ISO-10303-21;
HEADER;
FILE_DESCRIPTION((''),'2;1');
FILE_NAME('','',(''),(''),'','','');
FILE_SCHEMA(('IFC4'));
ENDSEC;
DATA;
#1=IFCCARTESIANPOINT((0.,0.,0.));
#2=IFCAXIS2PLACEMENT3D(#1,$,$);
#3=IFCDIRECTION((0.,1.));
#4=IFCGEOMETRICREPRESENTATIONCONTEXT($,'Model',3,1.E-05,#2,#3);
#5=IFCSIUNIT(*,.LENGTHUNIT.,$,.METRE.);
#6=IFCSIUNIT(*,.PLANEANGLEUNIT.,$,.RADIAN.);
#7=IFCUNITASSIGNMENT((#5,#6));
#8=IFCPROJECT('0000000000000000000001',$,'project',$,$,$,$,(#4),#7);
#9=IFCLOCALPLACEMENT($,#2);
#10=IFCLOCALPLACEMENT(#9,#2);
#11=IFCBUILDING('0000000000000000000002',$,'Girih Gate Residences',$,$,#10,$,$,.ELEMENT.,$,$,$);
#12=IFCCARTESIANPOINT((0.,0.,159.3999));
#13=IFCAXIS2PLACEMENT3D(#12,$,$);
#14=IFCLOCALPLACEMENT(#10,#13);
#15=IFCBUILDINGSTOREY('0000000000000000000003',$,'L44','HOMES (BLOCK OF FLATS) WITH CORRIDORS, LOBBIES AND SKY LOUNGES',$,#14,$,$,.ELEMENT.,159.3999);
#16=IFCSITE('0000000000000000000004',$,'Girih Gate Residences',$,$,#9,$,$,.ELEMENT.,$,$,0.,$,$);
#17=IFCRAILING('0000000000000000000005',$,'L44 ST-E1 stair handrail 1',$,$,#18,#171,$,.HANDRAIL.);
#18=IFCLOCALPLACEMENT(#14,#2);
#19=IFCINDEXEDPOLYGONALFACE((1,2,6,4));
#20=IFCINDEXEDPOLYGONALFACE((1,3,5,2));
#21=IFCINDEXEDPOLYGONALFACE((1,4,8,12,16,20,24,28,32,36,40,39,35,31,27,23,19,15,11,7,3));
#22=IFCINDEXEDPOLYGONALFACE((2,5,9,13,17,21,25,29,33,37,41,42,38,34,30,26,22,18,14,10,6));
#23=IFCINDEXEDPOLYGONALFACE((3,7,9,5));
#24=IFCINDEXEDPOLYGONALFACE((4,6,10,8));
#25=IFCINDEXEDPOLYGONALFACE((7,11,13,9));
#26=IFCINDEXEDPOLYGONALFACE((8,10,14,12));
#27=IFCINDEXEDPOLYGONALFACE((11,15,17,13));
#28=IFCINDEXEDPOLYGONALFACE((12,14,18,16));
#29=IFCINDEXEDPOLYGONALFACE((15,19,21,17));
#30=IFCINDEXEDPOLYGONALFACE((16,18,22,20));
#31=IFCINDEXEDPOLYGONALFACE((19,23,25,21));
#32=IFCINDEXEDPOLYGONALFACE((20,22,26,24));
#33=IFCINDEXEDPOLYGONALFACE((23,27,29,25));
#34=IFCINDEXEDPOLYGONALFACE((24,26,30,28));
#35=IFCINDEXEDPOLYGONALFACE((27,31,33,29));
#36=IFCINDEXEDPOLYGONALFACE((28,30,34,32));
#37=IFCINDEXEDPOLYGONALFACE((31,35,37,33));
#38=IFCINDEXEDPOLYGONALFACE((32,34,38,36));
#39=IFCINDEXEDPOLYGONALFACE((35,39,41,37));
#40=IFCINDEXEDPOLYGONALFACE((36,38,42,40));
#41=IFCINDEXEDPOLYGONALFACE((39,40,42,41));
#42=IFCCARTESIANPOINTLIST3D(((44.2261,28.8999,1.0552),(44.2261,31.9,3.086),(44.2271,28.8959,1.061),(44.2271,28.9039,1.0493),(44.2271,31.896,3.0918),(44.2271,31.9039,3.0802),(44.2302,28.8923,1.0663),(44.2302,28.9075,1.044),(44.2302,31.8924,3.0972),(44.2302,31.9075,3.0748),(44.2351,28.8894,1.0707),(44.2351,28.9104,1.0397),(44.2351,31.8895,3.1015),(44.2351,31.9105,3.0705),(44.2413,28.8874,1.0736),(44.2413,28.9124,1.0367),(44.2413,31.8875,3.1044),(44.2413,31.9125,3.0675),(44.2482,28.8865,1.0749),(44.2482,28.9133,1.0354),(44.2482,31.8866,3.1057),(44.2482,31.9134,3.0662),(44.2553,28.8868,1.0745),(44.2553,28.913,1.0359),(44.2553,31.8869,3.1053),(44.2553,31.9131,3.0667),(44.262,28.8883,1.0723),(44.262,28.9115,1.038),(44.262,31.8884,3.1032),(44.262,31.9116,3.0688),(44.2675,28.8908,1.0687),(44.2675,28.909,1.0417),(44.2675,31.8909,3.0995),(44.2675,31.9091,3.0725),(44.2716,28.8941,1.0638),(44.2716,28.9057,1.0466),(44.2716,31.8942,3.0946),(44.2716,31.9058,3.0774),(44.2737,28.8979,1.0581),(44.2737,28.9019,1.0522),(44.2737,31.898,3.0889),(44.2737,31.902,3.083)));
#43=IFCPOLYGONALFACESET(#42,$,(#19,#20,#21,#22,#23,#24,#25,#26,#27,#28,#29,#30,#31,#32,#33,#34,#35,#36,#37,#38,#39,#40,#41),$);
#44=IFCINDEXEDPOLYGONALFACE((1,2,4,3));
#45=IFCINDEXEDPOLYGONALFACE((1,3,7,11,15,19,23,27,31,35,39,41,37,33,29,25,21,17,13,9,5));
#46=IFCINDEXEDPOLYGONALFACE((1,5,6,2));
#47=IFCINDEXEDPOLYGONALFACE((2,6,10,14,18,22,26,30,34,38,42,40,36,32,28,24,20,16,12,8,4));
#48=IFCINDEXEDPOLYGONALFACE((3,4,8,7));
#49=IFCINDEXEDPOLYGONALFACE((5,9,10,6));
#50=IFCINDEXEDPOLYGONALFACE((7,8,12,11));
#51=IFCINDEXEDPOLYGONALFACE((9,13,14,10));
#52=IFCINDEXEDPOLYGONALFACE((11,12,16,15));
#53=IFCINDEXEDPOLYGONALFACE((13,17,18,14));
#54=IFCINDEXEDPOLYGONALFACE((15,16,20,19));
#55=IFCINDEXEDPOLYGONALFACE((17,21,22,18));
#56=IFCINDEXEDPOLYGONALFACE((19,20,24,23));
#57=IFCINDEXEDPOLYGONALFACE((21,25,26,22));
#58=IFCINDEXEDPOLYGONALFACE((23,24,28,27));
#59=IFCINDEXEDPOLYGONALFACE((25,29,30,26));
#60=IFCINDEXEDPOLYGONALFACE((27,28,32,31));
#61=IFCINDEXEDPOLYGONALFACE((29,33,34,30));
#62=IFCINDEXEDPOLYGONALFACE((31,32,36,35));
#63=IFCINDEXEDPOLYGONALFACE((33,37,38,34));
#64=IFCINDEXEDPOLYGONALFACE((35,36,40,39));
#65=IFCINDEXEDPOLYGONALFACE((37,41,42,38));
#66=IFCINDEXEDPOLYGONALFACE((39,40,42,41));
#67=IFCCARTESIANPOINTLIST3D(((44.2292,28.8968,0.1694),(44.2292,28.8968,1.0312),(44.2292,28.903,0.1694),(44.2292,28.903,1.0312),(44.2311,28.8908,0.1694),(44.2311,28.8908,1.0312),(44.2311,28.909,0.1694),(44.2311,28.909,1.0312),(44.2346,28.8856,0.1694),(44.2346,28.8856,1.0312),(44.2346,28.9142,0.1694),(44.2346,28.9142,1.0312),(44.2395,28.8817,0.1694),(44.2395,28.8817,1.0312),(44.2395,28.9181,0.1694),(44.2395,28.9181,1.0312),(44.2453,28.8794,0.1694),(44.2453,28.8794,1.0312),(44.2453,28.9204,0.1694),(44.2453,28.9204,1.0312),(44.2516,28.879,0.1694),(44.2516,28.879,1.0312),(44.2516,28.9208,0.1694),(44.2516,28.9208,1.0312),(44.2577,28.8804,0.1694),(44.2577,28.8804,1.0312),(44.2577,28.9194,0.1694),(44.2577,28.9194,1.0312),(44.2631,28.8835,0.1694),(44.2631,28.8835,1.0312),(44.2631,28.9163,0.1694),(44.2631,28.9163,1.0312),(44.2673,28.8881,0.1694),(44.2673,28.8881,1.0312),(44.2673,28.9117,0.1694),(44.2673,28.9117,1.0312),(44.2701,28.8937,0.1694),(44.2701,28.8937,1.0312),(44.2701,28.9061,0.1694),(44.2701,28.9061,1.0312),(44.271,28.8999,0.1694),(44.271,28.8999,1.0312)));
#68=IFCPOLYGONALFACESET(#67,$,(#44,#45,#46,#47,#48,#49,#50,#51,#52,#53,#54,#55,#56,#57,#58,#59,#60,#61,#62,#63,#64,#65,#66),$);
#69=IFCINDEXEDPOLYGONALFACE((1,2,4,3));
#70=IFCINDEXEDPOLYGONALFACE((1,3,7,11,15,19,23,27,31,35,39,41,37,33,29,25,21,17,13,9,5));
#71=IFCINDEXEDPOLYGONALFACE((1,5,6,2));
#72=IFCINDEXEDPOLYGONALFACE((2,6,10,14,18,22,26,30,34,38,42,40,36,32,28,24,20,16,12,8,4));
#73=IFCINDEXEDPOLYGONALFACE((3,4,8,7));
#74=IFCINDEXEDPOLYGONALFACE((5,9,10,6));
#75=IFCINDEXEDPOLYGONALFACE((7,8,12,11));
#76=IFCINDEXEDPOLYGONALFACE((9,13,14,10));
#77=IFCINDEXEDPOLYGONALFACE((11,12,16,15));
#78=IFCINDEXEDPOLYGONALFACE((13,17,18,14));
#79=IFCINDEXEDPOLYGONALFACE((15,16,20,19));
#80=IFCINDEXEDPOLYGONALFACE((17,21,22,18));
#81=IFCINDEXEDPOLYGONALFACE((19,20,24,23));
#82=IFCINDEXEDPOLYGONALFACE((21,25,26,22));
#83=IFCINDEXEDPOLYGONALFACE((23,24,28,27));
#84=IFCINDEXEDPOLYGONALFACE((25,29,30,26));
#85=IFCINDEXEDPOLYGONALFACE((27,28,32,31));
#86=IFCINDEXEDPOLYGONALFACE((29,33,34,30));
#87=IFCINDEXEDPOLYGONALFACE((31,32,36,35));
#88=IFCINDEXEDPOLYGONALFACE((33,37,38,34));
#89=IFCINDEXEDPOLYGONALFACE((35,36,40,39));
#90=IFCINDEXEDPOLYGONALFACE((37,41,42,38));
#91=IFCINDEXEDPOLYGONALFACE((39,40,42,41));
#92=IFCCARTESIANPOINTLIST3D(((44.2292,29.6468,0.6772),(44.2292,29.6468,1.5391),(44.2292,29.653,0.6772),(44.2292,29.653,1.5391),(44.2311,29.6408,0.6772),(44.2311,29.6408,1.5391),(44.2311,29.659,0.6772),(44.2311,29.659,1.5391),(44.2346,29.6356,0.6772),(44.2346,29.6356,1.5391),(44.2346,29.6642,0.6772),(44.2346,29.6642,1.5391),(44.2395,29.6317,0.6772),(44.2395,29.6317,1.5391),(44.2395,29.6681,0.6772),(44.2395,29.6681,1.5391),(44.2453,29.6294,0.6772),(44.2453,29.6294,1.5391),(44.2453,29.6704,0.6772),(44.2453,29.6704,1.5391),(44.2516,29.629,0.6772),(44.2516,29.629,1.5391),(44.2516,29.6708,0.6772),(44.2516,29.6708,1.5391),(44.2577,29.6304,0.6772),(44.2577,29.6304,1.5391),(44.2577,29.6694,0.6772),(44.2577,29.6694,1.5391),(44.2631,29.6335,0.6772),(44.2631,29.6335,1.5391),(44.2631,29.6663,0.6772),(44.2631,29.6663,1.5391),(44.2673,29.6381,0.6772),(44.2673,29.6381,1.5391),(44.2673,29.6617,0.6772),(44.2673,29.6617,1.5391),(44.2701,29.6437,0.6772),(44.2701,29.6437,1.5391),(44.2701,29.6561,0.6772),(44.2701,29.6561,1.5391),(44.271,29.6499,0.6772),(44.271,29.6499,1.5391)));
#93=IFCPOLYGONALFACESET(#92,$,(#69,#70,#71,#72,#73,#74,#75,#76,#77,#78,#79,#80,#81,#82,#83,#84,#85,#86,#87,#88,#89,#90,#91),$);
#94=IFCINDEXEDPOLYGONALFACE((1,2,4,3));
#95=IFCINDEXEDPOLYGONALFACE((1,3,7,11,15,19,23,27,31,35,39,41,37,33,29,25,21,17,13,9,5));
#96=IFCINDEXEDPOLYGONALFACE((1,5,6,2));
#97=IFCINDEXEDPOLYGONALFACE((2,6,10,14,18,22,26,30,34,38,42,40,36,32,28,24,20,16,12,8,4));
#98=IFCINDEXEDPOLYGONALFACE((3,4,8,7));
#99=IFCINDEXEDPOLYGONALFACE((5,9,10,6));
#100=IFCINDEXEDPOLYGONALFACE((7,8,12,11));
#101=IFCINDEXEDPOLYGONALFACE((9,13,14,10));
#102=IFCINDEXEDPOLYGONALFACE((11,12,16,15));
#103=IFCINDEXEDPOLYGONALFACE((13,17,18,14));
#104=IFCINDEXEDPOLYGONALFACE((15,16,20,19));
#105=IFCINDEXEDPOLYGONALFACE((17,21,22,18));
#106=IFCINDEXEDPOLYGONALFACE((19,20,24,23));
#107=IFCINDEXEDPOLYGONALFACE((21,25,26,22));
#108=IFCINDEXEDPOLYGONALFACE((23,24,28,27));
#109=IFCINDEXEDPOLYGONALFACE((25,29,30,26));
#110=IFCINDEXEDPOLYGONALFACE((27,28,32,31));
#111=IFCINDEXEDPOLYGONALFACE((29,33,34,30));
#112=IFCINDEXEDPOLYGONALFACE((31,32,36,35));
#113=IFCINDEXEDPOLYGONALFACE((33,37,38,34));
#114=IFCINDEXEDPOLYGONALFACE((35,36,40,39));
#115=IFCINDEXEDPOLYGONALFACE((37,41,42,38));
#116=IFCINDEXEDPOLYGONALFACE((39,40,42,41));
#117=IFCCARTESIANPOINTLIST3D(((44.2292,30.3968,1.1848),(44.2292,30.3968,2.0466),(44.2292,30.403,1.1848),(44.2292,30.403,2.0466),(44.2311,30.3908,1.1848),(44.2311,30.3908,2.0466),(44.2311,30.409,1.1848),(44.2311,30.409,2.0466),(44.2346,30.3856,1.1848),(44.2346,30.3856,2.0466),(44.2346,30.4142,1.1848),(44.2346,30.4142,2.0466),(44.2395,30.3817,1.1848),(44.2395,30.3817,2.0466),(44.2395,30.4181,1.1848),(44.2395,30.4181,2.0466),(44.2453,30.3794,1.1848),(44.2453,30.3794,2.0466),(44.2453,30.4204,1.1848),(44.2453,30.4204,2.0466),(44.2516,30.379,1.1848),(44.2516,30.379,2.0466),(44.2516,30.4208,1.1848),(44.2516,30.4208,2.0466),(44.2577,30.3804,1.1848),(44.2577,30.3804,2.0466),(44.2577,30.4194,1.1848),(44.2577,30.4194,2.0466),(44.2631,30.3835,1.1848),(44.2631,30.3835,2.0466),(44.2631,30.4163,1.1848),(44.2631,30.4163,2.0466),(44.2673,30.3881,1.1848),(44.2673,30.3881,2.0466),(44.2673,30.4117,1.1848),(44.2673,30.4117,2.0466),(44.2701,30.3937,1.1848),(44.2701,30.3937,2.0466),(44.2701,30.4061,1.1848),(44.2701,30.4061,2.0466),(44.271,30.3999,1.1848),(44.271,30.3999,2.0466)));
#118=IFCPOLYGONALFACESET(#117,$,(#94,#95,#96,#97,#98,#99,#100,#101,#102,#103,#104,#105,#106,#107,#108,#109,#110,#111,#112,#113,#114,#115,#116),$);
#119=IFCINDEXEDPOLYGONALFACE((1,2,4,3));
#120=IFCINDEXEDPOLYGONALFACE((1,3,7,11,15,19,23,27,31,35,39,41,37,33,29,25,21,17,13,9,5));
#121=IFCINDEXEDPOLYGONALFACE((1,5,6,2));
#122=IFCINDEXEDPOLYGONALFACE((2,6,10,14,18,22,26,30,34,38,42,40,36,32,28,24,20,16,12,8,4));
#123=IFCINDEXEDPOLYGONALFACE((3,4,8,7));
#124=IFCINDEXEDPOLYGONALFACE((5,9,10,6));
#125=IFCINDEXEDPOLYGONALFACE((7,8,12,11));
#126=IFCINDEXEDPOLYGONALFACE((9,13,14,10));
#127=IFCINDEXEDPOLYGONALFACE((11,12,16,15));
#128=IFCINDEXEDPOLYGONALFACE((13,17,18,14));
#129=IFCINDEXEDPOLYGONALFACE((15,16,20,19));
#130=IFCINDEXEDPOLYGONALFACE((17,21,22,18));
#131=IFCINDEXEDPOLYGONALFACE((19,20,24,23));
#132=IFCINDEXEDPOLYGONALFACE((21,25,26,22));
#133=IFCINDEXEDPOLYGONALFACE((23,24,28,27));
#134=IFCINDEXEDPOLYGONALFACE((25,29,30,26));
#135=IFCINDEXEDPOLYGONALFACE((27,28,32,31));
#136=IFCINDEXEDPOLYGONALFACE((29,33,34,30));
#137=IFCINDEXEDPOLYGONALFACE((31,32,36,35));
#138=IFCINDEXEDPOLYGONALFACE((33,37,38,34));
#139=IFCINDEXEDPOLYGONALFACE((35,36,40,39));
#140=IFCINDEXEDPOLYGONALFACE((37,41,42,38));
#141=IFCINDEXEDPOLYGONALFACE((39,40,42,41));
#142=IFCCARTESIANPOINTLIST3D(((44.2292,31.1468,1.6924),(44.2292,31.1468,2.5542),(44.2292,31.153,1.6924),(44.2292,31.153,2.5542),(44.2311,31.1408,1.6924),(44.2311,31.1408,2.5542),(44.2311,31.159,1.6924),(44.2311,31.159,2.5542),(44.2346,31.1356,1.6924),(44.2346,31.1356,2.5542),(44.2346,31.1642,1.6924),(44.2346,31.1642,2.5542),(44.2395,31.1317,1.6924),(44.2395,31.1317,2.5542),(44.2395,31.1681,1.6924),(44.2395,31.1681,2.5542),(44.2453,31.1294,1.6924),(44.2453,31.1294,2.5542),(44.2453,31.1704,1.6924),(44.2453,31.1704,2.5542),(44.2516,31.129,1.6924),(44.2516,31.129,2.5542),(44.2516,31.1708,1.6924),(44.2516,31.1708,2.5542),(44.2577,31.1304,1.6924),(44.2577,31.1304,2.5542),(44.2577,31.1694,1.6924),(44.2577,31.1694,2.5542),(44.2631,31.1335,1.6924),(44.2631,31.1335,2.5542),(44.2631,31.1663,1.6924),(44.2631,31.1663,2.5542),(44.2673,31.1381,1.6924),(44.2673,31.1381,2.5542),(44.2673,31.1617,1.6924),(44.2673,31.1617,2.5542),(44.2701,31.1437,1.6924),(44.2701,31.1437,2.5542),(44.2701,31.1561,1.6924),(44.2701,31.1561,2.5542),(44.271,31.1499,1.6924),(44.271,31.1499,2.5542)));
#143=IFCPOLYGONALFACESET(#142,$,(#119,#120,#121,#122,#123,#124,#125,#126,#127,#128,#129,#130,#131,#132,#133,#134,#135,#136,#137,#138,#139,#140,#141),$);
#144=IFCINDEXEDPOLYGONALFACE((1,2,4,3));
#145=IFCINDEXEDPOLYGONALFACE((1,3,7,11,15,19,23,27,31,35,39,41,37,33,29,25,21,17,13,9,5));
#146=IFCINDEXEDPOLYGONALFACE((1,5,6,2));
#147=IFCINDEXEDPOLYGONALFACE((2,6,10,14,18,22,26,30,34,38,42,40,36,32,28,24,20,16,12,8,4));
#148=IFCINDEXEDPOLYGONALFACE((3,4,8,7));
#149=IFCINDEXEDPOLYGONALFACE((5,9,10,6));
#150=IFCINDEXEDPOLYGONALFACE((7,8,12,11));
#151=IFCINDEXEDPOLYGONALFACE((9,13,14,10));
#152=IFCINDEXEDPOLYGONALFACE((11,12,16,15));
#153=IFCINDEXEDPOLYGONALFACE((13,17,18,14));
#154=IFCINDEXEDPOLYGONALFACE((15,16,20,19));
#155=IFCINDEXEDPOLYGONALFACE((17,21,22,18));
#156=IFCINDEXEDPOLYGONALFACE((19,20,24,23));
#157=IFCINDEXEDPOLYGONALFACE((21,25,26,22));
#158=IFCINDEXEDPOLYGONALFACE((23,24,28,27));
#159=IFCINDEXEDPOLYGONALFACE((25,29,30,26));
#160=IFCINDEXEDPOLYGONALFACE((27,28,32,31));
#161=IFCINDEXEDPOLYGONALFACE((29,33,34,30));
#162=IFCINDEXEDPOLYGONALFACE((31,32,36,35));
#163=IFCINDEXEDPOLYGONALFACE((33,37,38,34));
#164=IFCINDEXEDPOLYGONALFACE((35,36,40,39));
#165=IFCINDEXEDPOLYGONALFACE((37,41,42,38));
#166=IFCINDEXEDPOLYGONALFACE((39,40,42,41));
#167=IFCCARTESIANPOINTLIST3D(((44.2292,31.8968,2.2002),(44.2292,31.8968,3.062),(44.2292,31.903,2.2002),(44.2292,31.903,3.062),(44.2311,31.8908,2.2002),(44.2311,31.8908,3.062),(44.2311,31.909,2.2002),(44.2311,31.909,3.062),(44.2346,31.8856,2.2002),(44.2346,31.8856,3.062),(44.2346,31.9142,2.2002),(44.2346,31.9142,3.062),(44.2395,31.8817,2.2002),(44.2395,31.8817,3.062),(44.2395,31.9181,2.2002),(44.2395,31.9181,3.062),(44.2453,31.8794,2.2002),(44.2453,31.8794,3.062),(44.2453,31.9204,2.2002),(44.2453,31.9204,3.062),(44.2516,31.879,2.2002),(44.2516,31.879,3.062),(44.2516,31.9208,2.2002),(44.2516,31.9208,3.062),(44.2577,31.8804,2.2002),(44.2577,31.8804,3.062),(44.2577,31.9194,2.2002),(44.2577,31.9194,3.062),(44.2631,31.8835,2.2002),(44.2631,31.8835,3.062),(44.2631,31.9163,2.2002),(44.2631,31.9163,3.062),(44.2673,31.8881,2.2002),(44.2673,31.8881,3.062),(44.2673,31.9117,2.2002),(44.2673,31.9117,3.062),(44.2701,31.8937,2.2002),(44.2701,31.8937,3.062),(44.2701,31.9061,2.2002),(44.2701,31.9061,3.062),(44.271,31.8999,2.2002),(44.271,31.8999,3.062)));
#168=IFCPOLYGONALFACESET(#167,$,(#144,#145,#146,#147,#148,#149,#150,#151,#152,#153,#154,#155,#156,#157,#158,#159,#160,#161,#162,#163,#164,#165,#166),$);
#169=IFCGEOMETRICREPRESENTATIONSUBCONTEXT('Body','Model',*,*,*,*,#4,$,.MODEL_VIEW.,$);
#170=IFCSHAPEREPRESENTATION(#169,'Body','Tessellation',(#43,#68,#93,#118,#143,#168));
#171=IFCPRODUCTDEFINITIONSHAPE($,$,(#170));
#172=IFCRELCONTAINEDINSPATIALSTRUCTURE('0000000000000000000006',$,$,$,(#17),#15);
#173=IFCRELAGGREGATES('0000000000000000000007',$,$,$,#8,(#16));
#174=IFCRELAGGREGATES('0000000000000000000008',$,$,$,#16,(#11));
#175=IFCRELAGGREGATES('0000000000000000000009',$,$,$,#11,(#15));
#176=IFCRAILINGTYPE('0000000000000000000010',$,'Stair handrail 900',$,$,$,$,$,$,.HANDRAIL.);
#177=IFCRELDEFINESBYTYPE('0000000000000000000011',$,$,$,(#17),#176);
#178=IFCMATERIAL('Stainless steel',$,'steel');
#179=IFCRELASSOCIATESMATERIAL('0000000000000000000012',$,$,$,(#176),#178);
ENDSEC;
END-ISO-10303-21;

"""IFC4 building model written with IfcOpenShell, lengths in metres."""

from ifc_helpers import new_model, si_unit, direction, frame, origin, origin_2d, place, context, subcontext, project, spatial, circle, extrude, material, type_object, element, save


model = new_model("IFC4")

# Units and contexts
model_context = context("Model", 3, precision=1e-05, world=origin(), true_north=direction((0.0, 1.0)))
body_context = subcontext(model_context, "Body", "Model", "MODEL_VIEW")
ifc_project = project(units=[si_unit("LENGTHUNIT", "METRE"), si_unit("PLANEANGLEUNIT", "RADIAN")], contexts=[model_context])

# Site, building, storey
site_placement = place(None, origin())
site = spatial("IfcSite", under=ifc_project, at=site_placement, Name="Girih Gate Residences", CompositionType="ELEMENT", RefElevation=0.0)
building_placement = place(site_placement, origin())
building = spatial("IfcBuilding", under=site, at=building_placement, Name="Girih Gate Residences", CompositionType="ELEMENT")
storey_placement = place(building_placement, frame((0.0, 0.0, 159.3999)))
storey = spatial("IfcBuildingStorey", under=building, at=storey_placement, Name="L44", Description="HOMES (BLOCK OF FLATS) WITH CORRIDORS, LOBBIES AND SKY LOUNGES", CompositionType="ELEMENT", Elevation=159.3999)

# Railing
ifc_material_1 = material(Name="Stainless steel", Category="steel")
railing_type_1 = type_object("IfcRailingType", Name="Stair handrail 900", PredefinedType="HANDRAIL", material=ifc_material_1)
railing_1_placement = place(storey_placement, frame((44.25, 28.8999, 0.1694)))
element("IfcRailing", 1, at=railing_1_placement, inside=storey, type_object=railing_type_1, Name="L44 ST-E1 stair handrail 1", PredefinedType="HANDRAIL", context=body_context, shape_type="SweptSolid", body=[
    extrude(circle(Radius=0.0239, at=origin_2d()), frame((0.0, 0.0, 0.8857), z_axis=(0.0, 0.82811, 0.560565), x_axis=(-1.0, 0.0, 0.0)), (0.0, 0.0, 1.0), 3.6228),
    extrude(circle(Radius=0.021, at=origin_2d()), origin(), (0.0, 0.0, 1.0), 0.8618),
    extrude(circle(Radius=0.021, at=origin_2d()), frame((0.0, 0.75, 0.5078)), (0.0, 0.0, 1.0), 0.8618),
    extrude(circle(Radius=0.021, at=origin_2d()), frame((0.0, 1.5, 1.0154)), (0.0, 0.0, 1.0), 0.8618),
    extrude(circle(Radius=0.021, at=origin_2d()), frame((0.0, 2.25, 1.5229)), (0.0, 0.0, 1.0), 0.8618),
    extrude(circle(Radius=0.021, at=origin_2d()), frame((0.0, 3.0, 2.0308)), (0.0, 0.0, 1.0), 0.8618),
])

save(model, "model.ifc")
